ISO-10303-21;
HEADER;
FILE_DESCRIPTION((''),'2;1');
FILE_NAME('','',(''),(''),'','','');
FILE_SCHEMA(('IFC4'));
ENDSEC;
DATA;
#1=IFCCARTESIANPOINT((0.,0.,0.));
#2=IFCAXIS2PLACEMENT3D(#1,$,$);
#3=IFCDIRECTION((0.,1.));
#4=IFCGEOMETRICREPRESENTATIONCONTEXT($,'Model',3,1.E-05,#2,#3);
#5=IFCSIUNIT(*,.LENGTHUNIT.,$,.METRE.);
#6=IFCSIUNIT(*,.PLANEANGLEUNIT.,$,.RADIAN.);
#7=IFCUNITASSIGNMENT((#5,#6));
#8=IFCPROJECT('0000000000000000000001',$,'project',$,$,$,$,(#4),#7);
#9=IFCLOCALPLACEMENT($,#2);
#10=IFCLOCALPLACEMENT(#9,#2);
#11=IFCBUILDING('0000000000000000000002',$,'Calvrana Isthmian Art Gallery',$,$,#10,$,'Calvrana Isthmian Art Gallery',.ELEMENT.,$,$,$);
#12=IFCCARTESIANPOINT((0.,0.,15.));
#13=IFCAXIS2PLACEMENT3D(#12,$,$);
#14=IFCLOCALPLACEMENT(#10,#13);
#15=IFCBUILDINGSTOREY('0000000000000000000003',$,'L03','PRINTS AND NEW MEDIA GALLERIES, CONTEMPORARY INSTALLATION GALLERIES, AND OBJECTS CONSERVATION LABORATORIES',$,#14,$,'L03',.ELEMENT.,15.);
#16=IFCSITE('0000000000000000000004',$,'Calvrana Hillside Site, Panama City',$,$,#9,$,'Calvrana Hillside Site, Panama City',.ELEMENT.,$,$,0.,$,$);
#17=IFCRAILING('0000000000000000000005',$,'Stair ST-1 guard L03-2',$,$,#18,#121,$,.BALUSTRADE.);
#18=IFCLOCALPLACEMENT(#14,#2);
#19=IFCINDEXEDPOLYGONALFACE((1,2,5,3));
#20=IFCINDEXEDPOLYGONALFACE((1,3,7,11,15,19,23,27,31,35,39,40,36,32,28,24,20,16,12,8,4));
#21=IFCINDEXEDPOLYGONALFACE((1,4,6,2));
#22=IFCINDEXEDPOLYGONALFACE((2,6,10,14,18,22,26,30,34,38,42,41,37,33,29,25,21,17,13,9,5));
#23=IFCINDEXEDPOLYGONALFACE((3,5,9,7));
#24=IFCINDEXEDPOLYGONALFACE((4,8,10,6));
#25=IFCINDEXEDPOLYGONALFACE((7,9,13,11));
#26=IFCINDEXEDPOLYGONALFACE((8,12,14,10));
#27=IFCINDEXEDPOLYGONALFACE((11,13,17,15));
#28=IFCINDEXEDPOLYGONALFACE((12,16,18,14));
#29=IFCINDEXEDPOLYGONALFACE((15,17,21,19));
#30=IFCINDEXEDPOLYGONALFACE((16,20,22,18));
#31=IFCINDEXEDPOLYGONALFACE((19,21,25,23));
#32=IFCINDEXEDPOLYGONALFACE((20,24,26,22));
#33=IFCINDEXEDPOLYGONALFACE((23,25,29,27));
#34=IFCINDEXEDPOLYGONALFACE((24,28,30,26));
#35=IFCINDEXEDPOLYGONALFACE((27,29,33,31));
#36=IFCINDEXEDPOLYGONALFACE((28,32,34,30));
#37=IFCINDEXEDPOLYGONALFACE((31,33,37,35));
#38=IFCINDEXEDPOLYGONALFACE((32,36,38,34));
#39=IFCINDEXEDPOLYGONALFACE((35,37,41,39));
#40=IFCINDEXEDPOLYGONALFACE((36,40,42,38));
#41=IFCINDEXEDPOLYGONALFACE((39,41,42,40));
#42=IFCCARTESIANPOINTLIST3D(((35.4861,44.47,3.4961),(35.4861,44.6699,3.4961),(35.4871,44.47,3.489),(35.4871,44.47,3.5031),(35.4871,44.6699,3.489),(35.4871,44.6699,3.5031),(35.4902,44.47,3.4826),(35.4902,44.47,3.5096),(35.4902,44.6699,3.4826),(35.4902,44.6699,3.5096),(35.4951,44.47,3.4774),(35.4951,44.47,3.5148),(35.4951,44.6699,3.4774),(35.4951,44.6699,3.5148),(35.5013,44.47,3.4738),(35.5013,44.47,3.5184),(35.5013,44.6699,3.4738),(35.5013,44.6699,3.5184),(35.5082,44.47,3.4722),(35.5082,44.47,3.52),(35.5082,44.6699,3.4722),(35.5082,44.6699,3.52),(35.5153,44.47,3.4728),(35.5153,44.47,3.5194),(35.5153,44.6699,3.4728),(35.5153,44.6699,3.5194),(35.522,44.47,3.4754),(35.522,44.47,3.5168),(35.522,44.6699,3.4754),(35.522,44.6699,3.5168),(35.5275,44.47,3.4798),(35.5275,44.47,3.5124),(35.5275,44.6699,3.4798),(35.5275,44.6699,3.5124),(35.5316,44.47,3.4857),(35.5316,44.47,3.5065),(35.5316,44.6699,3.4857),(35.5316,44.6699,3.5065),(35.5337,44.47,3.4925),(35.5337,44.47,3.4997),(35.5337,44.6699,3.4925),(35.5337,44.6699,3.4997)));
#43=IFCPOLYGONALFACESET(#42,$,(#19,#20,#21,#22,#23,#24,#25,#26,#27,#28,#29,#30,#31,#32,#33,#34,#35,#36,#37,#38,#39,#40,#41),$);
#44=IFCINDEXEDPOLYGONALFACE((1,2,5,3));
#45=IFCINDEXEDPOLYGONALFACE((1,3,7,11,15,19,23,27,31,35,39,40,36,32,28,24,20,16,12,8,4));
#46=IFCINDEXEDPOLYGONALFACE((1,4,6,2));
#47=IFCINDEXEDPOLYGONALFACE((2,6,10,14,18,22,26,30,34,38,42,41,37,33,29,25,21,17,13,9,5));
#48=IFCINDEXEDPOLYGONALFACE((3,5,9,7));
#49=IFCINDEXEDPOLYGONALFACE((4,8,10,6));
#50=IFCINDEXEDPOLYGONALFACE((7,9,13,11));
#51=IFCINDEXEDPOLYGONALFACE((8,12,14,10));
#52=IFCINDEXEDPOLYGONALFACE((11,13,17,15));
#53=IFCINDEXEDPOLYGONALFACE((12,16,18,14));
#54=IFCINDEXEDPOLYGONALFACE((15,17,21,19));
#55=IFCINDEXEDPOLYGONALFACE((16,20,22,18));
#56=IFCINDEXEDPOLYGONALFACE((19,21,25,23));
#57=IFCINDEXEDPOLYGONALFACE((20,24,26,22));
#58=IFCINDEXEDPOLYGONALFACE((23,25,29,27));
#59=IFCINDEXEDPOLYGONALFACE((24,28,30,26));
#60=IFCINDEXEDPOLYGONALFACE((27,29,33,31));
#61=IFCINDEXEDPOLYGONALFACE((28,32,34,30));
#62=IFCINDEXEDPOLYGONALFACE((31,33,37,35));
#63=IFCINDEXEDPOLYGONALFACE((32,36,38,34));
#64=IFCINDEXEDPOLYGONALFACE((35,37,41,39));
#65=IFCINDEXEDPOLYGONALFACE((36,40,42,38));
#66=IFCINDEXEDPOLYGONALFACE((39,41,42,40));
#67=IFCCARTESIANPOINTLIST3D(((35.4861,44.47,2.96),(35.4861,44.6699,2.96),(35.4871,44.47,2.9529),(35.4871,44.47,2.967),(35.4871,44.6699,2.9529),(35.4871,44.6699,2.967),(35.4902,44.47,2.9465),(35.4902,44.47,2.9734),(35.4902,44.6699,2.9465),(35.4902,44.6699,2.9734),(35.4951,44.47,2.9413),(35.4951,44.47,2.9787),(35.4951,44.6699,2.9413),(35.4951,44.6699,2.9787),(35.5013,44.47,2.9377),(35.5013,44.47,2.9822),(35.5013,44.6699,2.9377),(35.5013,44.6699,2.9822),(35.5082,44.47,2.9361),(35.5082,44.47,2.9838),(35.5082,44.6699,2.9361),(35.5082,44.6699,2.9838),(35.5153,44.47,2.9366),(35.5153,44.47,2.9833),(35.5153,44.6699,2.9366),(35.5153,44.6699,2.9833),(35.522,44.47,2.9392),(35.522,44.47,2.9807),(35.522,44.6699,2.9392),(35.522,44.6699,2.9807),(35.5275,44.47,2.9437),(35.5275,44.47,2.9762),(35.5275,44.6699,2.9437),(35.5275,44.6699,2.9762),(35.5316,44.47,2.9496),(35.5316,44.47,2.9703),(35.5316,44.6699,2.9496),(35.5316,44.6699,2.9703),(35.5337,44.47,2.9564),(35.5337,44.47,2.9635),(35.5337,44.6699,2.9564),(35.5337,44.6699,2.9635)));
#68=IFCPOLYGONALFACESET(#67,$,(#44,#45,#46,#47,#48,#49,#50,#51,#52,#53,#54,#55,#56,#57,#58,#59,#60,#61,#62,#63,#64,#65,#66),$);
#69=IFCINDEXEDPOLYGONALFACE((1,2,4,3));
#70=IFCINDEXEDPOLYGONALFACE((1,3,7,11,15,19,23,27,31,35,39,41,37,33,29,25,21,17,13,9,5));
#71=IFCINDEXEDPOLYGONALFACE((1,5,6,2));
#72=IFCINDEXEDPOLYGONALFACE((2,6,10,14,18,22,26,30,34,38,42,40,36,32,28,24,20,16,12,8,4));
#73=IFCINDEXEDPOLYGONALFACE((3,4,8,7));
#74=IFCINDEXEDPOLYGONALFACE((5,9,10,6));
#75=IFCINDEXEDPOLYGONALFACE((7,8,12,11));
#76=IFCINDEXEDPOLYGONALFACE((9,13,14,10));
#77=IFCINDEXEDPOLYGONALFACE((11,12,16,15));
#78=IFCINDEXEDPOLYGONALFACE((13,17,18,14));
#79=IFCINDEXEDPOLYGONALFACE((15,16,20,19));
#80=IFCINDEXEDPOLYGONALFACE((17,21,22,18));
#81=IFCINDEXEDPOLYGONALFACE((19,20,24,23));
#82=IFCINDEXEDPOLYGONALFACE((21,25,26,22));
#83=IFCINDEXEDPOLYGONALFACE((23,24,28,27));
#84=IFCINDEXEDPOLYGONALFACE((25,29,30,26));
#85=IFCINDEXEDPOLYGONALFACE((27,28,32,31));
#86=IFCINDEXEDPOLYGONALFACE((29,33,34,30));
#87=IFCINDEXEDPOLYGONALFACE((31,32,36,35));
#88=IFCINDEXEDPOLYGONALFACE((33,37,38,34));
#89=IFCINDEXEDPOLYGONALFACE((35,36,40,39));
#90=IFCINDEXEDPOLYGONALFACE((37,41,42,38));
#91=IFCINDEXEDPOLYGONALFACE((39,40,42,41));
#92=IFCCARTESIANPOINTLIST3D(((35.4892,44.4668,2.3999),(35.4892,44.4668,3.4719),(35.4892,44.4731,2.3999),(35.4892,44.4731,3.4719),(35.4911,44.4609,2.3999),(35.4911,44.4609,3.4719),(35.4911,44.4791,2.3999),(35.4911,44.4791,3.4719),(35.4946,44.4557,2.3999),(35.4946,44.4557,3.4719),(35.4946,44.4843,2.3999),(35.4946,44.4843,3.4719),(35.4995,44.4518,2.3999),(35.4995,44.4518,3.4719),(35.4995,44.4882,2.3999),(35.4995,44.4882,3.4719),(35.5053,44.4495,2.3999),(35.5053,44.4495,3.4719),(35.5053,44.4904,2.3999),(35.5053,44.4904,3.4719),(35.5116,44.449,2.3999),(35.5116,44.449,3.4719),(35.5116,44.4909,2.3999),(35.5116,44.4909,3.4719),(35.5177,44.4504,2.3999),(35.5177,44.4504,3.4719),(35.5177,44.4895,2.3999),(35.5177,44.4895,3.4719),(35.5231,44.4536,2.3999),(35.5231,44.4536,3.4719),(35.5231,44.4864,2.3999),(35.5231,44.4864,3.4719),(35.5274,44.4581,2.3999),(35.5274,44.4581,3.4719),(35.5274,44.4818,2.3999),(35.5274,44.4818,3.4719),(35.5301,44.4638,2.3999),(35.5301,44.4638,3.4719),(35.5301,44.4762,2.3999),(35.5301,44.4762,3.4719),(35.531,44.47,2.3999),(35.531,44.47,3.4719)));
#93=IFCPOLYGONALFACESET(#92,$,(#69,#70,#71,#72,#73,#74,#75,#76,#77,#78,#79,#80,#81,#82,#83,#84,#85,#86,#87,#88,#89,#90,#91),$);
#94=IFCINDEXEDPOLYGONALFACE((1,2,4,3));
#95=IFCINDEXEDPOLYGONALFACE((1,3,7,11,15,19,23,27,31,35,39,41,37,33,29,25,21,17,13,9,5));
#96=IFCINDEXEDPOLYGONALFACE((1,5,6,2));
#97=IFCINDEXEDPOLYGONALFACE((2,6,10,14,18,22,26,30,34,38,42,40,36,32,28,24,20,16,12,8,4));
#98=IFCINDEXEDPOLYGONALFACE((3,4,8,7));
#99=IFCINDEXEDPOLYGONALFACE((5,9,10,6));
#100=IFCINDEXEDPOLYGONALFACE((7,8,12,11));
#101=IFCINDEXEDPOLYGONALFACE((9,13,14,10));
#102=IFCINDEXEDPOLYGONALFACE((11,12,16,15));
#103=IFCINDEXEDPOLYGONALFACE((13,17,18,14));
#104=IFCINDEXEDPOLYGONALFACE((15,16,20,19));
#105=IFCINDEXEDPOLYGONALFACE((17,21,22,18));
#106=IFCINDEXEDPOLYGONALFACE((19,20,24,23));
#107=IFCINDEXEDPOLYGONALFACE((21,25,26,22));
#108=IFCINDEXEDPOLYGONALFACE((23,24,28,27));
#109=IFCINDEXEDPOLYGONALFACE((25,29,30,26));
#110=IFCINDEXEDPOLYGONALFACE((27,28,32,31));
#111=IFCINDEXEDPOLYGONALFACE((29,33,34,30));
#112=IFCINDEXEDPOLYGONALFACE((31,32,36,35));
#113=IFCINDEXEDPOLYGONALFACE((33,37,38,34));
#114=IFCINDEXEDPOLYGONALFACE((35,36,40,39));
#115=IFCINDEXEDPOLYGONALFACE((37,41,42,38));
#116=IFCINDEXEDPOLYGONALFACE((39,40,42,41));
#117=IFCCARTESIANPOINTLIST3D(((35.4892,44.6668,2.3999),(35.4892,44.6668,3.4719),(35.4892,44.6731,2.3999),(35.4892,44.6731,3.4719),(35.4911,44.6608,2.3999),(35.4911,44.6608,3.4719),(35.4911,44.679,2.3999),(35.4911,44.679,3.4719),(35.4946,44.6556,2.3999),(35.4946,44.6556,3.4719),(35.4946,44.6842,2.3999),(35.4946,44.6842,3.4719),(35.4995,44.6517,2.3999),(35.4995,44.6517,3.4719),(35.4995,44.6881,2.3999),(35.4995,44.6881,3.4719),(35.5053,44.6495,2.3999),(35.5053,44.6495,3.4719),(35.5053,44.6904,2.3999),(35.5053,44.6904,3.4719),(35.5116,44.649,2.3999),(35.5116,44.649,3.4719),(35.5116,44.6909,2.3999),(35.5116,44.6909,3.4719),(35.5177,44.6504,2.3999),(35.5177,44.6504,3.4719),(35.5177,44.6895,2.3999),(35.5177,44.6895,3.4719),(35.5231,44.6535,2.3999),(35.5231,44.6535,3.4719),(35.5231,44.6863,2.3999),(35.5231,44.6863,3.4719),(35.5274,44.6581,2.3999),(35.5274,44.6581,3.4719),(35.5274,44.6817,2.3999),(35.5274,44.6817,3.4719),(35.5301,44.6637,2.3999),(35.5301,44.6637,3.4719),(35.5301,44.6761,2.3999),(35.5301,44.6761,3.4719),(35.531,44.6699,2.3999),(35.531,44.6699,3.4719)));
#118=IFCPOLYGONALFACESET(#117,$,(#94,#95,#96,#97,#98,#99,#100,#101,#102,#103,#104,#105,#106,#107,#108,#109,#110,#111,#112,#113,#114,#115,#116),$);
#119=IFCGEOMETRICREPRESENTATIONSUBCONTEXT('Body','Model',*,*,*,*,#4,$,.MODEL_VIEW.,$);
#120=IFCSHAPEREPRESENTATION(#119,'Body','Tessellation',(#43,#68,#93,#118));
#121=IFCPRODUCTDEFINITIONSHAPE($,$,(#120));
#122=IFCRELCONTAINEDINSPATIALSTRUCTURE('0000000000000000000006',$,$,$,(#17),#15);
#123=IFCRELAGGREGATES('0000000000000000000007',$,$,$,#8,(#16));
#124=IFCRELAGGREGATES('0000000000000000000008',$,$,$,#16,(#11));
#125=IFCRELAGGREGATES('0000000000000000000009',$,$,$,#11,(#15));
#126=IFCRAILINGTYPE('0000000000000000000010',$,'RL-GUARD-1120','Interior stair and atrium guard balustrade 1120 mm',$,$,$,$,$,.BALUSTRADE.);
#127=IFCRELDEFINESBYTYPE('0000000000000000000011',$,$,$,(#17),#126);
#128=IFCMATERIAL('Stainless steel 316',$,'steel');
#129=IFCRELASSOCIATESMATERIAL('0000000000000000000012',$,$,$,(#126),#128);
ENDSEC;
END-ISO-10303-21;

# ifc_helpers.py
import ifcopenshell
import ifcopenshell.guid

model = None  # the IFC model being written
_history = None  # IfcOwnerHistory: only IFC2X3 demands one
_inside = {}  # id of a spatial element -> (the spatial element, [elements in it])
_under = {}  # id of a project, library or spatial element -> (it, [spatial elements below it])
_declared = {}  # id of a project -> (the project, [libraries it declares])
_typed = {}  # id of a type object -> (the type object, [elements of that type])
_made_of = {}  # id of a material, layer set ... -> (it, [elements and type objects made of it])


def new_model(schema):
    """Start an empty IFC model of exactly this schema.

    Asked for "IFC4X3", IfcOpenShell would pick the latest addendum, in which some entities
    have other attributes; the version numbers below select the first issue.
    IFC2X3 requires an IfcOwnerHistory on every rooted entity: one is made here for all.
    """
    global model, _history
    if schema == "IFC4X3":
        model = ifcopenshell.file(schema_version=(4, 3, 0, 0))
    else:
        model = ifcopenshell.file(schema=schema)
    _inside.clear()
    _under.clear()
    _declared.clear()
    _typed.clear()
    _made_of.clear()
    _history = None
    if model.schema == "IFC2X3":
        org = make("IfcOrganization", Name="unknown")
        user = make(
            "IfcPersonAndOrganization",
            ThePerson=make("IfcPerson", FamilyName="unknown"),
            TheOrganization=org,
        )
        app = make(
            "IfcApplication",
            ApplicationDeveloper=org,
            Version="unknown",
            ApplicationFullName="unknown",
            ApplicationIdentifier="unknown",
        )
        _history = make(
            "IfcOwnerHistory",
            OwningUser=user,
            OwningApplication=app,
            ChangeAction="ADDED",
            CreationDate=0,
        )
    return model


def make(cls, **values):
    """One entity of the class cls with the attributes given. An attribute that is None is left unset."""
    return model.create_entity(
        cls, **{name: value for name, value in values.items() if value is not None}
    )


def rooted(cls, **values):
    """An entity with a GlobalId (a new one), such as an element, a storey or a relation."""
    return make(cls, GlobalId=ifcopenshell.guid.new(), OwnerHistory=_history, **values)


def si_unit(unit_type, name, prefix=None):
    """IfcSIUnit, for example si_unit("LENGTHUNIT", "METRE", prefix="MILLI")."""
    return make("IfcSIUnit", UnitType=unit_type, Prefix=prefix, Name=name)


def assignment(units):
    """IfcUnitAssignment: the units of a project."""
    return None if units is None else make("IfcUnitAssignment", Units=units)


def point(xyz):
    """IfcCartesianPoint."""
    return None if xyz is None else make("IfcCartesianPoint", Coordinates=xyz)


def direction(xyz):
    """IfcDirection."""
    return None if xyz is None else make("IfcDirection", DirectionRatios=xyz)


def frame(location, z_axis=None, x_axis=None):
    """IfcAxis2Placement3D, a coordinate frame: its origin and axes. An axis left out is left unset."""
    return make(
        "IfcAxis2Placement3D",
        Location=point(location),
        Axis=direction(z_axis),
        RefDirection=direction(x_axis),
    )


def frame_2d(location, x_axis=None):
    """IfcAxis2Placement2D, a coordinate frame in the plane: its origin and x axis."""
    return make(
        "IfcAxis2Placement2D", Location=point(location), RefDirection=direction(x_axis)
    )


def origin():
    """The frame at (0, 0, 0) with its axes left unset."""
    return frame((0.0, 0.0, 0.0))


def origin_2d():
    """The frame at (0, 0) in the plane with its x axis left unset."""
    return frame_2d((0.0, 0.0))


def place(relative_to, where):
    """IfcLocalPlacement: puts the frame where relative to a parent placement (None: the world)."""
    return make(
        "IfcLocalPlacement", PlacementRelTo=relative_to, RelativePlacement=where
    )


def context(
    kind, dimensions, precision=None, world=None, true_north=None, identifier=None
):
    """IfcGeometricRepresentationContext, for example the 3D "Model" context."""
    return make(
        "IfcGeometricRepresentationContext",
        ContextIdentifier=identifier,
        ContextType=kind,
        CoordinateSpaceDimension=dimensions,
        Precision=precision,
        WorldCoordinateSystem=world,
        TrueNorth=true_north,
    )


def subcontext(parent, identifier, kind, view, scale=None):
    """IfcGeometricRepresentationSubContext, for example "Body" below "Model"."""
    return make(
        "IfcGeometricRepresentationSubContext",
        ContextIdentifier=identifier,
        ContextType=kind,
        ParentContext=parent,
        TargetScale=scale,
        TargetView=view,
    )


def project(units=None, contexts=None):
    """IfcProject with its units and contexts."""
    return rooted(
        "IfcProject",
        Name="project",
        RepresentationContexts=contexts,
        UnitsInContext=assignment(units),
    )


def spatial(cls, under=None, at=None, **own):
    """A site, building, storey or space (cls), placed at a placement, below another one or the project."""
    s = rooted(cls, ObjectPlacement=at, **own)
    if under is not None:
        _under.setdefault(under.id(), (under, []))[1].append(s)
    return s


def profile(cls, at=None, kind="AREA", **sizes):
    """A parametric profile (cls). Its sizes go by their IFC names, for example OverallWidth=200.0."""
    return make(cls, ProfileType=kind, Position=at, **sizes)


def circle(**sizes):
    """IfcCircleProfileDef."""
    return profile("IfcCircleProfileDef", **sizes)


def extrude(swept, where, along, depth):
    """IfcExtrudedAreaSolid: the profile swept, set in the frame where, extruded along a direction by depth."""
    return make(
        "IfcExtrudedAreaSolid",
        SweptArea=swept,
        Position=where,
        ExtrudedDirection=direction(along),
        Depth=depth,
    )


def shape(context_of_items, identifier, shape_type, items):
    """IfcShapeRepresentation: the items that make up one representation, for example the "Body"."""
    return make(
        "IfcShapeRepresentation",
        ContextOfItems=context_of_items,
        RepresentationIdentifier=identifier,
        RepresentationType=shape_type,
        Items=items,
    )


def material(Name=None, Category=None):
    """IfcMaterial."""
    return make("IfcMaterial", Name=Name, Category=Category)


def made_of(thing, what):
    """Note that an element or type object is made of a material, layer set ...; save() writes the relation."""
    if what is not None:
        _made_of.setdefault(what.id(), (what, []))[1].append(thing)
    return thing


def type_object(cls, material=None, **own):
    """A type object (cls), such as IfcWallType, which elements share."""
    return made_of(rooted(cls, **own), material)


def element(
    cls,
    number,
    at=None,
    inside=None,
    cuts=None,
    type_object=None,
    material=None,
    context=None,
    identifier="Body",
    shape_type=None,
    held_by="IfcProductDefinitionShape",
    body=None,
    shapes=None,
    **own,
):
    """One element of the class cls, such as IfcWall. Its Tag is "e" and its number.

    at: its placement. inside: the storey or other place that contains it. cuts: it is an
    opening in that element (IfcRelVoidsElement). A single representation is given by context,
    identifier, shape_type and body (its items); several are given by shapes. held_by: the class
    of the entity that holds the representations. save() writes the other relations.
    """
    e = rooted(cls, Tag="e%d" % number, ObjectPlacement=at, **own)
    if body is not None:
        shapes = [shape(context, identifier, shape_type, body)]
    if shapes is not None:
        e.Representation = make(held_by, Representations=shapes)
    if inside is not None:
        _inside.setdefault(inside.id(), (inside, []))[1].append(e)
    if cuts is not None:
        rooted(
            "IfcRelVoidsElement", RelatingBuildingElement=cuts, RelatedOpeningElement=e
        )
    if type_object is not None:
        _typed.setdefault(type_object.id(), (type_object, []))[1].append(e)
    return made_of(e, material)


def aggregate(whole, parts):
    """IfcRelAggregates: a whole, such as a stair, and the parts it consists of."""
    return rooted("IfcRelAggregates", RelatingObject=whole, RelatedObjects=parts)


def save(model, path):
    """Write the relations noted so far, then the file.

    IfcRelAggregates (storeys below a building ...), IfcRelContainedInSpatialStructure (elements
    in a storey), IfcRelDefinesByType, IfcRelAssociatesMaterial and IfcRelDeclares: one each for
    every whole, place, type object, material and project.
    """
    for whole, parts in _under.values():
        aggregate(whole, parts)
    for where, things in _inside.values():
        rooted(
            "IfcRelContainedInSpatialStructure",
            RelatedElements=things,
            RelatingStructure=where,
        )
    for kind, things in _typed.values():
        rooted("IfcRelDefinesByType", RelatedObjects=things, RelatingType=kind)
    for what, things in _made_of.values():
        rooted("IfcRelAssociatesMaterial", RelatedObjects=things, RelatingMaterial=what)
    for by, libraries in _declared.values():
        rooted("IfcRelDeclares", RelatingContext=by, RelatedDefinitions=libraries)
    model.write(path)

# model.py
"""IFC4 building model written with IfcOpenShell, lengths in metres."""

from ifc_helpers import new_model, si_unit, direction, frame, origin, origin_2d, place, context, subcontext, project, spatial, circle, extrude, material, type_object, element, save


model = new_model("IFC4")

# Units and contexts
model_context = context("Model", 3, precision=1e-05, world=origin(), true_north=direction((0.0, 1.0)))
body_context = subcontext(model_context, "Body", "Model", "MODEL_VIEW")
ifc_project = project(units=[si_unit("LENGTHUNIT", "METRE"), si_unit("PLANEANGLEUNIT", "RADIAN")], contexts=[model_context])

# Site, building, storey
site_placement = place(None, origin())
site = spatial("IfcSite", under=ifc_project, at=site_placement, Name="Calvrana Hillside Site, Panama City", LongName="Calvrana Hillside Site, Panama City", CompositionType="ELEMENT", RefElevation=0.0)
building_placement = place(site_placement, origin())
building = spatial("IfcBuilding", under=site, at=building_placement, Name="Calvrana Isthmian Art Gallery", LongName="Calvrana Isthmian Art Gallery", CompositionType="ELEMENT")
storey_placement = place(building_placement, frame((0.0, 0.0, 15.0)))
storey = spatial("IfcBuildingStorey", under=building, at=storey_placement, Name="L03", Description="PRINTS AND NEW MEDIA GALLERIES, CONTEMPORARY INSTALLATION GALLERIES, AND OBJECTS CONSERVATION LABORATORIES", LongName="L03", CompositionType="ELEMENT", Elevation=15.0)

# Railing
ifc_material_1 = material(Name="Stainless steel 316", Category="steel")
railing_type_1 = type_object("IfcRailingType", Name="RL-GUARD-1120", Description="Interior stair and atrium guard balustrade 1120 mm", PredefinedType="BALUSTRADE", material=ifc_material_1)
railing_1_placement = place(storey_placement, frame((35.51, 44.47, 2.3999)))
element("IfcRailing", 1, at=railing_1_placement, inside=storey, type_object=railing_type_1, Name="Stair ST-1 guard L03-2", PredefinedType="BALUSTRADE", context=body_context, shape_type="SweptSolid", body=[
    extrude(circle(Radius=0.0239, at=origin_2d()), frame((0.0, 0.0, 1.0962), z_axis=(0.0, 1.0, 0.0), x_axis=(-1.0, 0.0, 0.0)), (0.0, 0.0, 1.0), 0.2),
    extrude(circle(Radius=0.0239, at=origin_2d()), frame((0.0, 0.0, 0.5601), z_axis=(0.0, 1.0, 0.0), x_axis=(-1.0, 0.0, 0.0)), (0.0, 0.0, 1.0), 0.2),
    extrude(circle(Radius=0.021, at=origin_2d()), origin(), (0.0, 0.0, 1.0), 1.072),
    extrude(circle(Radius=0.021, at=origin_2d()), frame((0.0, 0.2, 0.0)), (0.0, 0.0, 1.0), 1.072),
])

save(model, "model.ifc")
